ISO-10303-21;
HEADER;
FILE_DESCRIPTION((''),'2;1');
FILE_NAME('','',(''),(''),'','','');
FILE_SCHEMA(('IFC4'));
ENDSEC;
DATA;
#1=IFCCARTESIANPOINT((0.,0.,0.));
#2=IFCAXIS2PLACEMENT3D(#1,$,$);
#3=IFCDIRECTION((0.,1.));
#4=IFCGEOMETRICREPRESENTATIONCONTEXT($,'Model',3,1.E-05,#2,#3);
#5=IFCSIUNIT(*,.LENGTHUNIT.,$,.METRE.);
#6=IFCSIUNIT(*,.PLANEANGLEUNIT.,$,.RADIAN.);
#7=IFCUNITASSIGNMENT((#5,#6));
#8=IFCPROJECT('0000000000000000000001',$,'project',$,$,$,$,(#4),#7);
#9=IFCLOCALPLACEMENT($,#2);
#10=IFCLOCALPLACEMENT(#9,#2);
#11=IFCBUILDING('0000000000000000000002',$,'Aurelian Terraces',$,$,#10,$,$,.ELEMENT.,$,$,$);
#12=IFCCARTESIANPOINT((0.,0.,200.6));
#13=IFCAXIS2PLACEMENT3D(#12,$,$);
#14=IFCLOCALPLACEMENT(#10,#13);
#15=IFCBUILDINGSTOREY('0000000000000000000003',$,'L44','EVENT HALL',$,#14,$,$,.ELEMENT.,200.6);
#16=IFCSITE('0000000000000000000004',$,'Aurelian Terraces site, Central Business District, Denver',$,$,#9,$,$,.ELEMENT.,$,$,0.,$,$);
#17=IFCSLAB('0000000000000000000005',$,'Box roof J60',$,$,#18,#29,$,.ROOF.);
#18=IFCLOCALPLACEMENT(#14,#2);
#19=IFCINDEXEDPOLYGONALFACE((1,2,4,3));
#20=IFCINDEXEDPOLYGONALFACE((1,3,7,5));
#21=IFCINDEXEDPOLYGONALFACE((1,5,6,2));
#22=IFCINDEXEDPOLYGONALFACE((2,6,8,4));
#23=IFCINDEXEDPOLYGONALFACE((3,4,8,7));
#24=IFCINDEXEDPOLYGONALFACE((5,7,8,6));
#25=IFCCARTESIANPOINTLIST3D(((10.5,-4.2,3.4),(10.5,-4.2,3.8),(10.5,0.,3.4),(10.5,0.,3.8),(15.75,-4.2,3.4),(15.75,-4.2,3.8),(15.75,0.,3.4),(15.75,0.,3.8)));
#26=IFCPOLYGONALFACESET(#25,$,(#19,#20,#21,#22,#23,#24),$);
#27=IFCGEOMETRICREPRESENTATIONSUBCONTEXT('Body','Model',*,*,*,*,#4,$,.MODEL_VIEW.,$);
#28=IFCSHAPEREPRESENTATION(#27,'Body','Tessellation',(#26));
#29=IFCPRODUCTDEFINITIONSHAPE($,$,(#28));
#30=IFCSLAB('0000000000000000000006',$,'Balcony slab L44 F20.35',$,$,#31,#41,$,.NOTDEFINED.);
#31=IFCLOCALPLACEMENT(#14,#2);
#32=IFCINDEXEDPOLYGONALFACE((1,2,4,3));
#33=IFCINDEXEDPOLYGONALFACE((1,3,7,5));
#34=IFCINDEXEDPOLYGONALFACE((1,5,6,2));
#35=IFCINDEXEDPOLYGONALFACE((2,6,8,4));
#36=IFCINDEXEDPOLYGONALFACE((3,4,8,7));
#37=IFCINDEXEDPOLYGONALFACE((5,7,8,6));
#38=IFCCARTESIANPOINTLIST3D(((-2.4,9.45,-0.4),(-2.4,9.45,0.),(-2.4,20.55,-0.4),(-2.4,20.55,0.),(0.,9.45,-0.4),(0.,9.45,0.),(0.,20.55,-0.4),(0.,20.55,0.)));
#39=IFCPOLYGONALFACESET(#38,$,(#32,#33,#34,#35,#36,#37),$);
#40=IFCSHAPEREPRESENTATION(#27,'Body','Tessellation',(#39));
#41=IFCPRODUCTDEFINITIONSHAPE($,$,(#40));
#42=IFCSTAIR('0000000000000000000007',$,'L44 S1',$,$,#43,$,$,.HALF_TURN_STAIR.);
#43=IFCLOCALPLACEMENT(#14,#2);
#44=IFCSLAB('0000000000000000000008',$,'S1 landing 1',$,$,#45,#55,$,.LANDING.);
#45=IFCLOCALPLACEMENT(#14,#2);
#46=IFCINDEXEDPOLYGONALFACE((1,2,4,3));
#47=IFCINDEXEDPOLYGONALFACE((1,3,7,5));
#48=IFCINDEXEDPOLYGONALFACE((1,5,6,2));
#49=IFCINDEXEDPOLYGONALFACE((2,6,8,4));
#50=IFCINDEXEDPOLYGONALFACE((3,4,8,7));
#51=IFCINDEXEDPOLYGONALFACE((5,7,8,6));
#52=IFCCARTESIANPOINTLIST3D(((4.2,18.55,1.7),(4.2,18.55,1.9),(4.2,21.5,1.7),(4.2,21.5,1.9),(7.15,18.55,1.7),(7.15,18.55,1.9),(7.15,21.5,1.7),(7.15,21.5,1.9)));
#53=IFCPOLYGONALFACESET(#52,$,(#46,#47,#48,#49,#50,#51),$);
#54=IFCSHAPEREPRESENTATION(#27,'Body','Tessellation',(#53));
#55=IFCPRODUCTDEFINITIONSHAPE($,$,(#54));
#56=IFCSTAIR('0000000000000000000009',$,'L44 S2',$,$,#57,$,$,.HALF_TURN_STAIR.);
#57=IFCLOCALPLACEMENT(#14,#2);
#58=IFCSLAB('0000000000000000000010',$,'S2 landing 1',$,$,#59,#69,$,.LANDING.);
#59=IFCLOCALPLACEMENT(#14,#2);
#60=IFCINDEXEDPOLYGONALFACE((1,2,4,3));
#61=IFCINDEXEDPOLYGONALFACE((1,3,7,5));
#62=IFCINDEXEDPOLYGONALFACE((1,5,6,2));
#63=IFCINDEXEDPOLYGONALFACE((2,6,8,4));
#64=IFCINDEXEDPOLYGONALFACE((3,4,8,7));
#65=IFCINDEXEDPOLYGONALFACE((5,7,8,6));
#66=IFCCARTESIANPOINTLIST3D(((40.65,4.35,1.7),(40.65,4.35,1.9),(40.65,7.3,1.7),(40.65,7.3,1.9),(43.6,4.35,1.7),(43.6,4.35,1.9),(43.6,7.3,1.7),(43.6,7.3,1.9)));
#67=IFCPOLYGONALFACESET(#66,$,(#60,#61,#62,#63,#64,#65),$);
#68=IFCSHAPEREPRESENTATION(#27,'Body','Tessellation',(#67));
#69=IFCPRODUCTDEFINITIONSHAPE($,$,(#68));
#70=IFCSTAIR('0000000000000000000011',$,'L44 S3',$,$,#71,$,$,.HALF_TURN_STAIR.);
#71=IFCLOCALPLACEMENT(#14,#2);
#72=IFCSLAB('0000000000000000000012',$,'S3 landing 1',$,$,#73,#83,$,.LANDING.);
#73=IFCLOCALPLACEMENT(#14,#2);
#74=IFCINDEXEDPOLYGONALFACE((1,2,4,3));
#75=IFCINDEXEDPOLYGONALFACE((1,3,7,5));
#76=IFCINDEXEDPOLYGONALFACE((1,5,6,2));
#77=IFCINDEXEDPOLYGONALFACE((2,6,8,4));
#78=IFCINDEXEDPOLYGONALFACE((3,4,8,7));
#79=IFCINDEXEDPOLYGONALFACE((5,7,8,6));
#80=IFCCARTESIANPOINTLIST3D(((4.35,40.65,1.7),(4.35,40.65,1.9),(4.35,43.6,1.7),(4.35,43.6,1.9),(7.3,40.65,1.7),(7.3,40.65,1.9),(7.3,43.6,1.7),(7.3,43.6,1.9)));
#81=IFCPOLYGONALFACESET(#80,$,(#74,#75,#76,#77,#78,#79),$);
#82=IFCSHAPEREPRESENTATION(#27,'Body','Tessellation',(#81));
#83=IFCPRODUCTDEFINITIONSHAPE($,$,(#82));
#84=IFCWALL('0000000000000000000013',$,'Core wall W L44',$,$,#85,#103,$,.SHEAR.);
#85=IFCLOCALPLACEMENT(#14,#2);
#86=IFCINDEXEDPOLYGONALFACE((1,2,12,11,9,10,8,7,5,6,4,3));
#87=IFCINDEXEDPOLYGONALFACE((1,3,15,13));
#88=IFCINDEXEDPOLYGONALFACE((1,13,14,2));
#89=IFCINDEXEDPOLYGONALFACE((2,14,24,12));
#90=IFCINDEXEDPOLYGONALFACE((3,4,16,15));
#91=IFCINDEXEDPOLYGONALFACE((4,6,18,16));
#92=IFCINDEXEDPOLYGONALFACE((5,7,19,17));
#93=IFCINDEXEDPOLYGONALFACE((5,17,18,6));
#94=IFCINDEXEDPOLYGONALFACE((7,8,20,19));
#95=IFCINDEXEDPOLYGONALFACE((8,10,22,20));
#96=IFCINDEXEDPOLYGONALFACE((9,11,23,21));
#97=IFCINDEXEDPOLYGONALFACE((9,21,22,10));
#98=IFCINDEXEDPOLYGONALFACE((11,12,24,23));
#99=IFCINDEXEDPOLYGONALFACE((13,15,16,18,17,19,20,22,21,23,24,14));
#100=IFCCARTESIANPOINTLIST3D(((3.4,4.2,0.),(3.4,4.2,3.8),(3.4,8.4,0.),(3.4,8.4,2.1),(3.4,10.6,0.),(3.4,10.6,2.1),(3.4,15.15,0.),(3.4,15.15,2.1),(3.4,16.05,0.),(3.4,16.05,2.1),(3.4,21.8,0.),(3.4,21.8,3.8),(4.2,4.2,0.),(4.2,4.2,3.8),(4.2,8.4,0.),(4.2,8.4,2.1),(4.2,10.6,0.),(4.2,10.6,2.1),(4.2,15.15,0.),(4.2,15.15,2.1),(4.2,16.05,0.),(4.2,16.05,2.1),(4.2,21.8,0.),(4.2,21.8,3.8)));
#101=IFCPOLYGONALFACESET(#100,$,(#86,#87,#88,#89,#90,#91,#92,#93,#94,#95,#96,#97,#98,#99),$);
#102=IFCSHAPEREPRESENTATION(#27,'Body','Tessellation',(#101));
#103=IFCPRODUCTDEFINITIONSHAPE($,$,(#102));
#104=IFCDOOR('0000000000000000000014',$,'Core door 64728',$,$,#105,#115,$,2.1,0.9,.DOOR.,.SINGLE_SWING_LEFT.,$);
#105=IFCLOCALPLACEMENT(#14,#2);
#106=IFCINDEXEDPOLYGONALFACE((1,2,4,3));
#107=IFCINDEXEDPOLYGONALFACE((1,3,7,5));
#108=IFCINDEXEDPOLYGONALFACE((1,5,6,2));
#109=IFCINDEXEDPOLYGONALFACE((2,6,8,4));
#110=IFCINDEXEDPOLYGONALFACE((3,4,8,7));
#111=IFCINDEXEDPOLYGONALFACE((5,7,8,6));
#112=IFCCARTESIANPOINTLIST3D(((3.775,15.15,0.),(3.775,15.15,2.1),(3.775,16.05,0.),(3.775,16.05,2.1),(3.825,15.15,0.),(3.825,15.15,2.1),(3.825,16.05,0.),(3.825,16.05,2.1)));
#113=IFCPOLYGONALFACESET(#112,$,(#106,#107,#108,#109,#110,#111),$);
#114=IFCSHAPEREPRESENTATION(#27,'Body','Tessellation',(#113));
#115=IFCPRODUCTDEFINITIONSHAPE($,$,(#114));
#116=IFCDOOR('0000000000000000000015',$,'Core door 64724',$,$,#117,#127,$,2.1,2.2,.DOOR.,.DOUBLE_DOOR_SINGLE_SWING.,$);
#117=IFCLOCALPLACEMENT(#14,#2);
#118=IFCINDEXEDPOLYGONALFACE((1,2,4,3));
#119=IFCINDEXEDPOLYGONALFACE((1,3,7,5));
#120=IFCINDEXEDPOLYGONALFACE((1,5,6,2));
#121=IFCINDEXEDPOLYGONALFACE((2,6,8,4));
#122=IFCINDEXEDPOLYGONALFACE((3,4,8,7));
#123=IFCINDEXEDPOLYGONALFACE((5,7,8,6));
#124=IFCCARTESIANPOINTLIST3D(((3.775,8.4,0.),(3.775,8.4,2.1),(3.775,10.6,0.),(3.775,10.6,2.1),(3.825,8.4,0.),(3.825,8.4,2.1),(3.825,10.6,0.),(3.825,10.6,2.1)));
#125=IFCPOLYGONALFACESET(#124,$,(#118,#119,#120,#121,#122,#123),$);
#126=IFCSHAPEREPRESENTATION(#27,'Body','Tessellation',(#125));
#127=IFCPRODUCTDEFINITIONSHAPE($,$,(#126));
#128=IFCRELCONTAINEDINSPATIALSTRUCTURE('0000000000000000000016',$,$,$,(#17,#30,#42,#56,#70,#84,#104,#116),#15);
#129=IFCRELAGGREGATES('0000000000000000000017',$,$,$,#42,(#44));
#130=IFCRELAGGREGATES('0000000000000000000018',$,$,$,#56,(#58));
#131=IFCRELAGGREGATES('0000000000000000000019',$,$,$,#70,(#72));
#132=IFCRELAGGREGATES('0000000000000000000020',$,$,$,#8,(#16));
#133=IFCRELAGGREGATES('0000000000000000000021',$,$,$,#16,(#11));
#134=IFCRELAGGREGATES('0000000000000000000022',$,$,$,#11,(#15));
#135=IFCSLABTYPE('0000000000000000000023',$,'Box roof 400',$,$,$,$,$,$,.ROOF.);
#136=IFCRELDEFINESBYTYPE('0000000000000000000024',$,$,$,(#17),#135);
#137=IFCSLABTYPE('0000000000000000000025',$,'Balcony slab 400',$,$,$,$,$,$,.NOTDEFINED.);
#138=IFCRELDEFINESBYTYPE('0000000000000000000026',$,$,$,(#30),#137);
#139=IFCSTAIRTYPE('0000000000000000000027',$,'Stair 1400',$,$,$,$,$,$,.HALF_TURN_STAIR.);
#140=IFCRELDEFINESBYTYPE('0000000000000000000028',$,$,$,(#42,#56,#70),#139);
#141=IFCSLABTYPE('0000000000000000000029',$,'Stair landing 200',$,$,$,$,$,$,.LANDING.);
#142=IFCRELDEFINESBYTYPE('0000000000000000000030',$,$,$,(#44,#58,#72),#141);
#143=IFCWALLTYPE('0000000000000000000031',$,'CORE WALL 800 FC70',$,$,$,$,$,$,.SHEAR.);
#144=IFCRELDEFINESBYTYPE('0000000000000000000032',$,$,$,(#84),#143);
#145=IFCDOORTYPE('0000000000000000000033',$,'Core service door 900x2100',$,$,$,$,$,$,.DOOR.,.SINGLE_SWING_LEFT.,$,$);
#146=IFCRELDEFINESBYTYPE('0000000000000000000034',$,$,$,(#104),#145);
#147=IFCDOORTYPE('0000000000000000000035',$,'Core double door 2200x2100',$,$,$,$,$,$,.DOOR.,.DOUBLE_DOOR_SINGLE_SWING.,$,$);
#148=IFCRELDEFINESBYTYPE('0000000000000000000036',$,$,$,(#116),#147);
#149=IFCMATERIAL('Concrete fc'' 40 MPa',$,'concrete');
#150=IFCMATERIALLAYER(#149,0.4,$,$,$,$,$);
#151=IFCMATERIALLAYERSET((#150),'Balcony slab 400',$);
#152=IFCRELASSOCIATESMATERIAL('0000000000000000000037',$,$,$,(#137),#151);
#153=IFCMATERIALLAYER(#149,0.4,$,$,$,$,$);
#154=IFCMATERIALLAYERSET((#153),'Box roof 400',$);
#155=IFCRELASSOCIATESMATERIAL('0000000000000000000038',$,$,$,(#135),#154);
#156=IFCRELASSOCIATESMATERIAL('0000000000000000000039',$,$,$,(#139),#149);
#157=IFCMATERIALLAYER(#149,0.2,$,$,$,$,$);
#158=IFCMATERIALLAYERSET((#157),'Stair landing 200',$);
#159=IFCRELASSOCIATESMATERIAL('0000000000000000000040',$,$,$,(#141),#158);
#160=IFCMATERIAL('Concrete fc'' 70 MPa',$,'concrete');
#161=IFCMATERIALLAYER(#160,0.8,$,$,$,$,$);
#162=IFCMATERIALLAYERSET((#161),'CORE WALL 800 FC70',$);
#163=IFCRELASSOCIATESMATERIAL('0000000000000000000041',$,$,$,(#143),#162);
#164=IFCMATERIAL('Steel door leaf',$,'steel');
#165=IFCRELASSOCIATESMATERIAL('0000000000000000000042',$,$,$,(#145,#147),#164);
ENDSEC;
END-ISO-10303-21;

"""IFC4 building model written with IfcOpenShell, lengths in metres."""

from ifc_helpers import new_model, si_unit, direction, frame, frame_2d, origin, place, context, subcontext, project, spatial, polyline, rectangle, outline, extrude, source, transform, mapped, material, layer, layer_set, type_object, element, fill, aggregate, save


model = new_model("IFC4")

# Units and contexts
model_context = context("Model", 3, precision=1e-05, world=origin(), true_north=direction((0.0, 1.0)))
body_context = subcontext(model_context, "Body", "Model", "MODEL_VIEW")
ifc_project = project(units=[si_unit("LENGTHUNIT", "METRE"), si_unit("PLANEANGLEUNIT", "RADIAN")], contexts=[model_context])

# Site, building, storey
site_placement = place(None, origin())
site = spatial("IfcSite", under=ifc_project, at=site_placement, Name="Aurelian Terraces site, Central Business District, Denver", CompositionType="ELEMENT", RefElevation=0.0)
building_placement = place(site_placement, origin())
building = spatial("IfcBuilding", under=site, at=building_placement, Name="Aurelian Terraces", CompositionType="ELEMENT")
storey_placement = place(building_placement, frame((0.0, 0.0, 200.6)))
storey = spatial("IfcBuildingStorey", under=building, at=storey_placement, Name="L44", Description="EVENT HALL", CompositionType="ELEMENT", Elevation=200.6)

# Slabs
ifc_material_1 = material(Name="Concrete fc' 40 MPa", Category="concrete")
ifc_layer_1 = layer(ifc_material_1, 0.4)
ifc_layer_set_1 = layer_set([ifc_layer_1], Name="Balcony slab 400")
slab_type_1 = type_object("IfcSlabType", Name="Balcony slab 400", PredefinedType="NOTDEFINED", material=ifc_layer_set_1)
ifc_layer_2 = layer(ifc_material_1, 0.4)
ifc_layer_set_2 = layer_set([ifc_layer_2], Name="Box roof 400")
slab_type_2 = type_object("IfcSlabType", Name="Box roof 400", PredefinedType="ROOF", material=ifc_layer_set_2)
shared_shape_1 = source(origin(), body_context, "Body", "SweptSolid", [
    extrude(outline(polyline([(10.5, -4.2), (15.75, -4.2), (15.75, 0.0), (10.5, 0.0), (10.5, -4.2)])), origin(), (0.0, 0.0, 1.0), 0.4),
])
slab_1_placement = place(storey_placement, frame((0.0, 0.0, 3.4)))
element("IfcSlab", 1, at=slab_1_placement, inside=storey, type_object=slab_type_2, Name="Box roof J60", PredefinedType="ROOF", context=body_context, shape_type="MappedRepresentation", body=[
    mapped(shared_shape_1, transform((0.0, 0.0, 0.0), scale=1.0)),
])
shared_shape_2 = source(origin(), body_context, "Body", "SweptSolid", [
    extrude(outline(polyline([(0.0, 20.55), (0.0, 9.45), (-2.4, 9.45), (-2.4, 20.55), (0.0, 20.55)])), origin(), (0.0, 0.0, 1.0), 0.4),
])
slab_2_placement = place(storey_placement, frame((0.0, 0.0, -0.4)))
element("IfcSlab", 2, at=slab_2_placement, inside=storey, type_object=slab_type_1, Name="Balcony slab L44 F20.35", PredefinedType="NOTDEFINED", context=body_context, shape_type="MappedRepresentation", body=[
    mapped(shared_shape_2, transform((0.0, 0.0, 0.0), scale=1.0)),
])

# Stairs, slabs
stair_type = type_object("IfcStairType", Name="Stair 1400", PredefinedType="HALF_TURN_STAIR", material=ifc_material_1)
stair_1_placement = place(storey_placement, origin())
stair_1 = element("IfcStair", 3, at=stair_1_placement, inside=storey, type_object=stair_type, Name="L44 S1", PredefinedType="HALF_TURN_STAIR")
ifc_layer_3 = layer(ifc_material_1, 0.2)
ifc_layer_set_3 = layer_set([ifc_layer_3], Name="Stair landing 200")
slab_type_3 = type_object("IfcSlabType", Name="Stair landing 200", PredefinedType="LANDING", material=ifc_layer_set_3)
shared_shape_3 = source(origin(), body_context, "Body", "SweptSolid", [
    extrude(outline(polyline([(7.15, 18.55), (7.15, 21.5), (4.2, 21.5), (4.2, 18.55), (7.15, 18.55)])), origin(), (0.0, 0.0, 1.0), 0.2),
])
slab_3_placement = place(storey_placement, frame((0.0, 0.0, 1.7)))
slab_3 = element("IfcSlab", 4, at=slab_3_placement, type_object=slab_type_3, Name="S1 landing 1", PredefinedType="LANDING", context=body_context, shape_type="MappedRepresentation", body=[
    mapped(shared_shape_3, transform((0.0, 0.0, 0.0), scale=1.0)),
])
aggregate(stair_1, [slab_3])
stair_2_placement = place(storey_placement, origin())
stair_2 = element("IfcStair", 5, at=stair_2_placement, inside=storey, type_object=stair_type, Name="L44 S2", PredefinedType="HALF_TURN_STAIR")
shared_shape_4 = source(origin(), body_context, "Body", "SweptSolid", [
    extrude(outline(polyline([(43.6, 4.35), (43.6, 7.3), (40.65, 7.3), (40.65, 4.35), (43.6, 4.35)])), origin(), (0.0, 0.0, 1.0), 0.2),
])
slab_4_placement = place(storey_placement, frame((0.0, 0.0, 1.7)))
slab_4 = element("IfcSlab", 6, at=slab_4_placement, type_object=slab_type_3, Name="S2 landing 1", PredefinedType="LANDING", context=body_context, shape_type="MappedRepresentation", body=[
    mapped(shared_shape_4, transform((0.0, 0.0, 0.0), scale=1.0)),
])
aggregate(stair_2, [slab_4])
stair_3_placement = place(storey_placement, origin())
stair_3 = element("IfcStair", 7, at=stair_3_placement, inside=storey, type_object=stair_type, Name="L44 S3", PredefinedType="HALF_TURN_STAIR")
shared_shape_5 = source(origin(), body_context, "Body", "SweptSolid", [
    extrude(outline(polyline([(4.35, 40.65), (7.3, 40.65), (7.3, 43.6), (4.35, 43.6), (4.35, 40.65)])), origin(), (0.0, 0.0, 1.0), 0.2),
])
slab_5_placement = place(storey_placement, frame((0.0, 0.0, 1.7)))
slab_5 = element("IfcSlab", 8, at=slab_5_placement, type_object=slab_type_3, Name="S3 landing 1", PredefinedType="LANDING", context=body_context, shape_type="MappedRepresentation", body=[
    mapped(shared_shape_5, transform((0.0, 0.0, 0.0), scale=1.0)),
])
aggregate(stair_3, [slab_5])

# Wall, openings, doors
ifc_material_2 = material(Name="Concrete fc' 70 MPa", Category="concrete")
ifc_layer_4 = layer(ifc_material_2, 0.8)
ifc_layer_set_4 = layer_set([ifc_layer_4], Name="CORE WALL 800 FC70")
wall_type = type_object("IfcWallType", Name="CORE WALL 800 FC70", PredefinedType="SHEAR", material=ifc_layer_set_4)
shared_shape_6 = source(origin(), body_context, "Body", "SweptSolid", [
    extrude(rectangle(XDim=17.6, YDim=0.8, at=frame_2d((8.8, 0.0))), origin(), (0.0, 0.0, 1.0), 3.8),
])
wall_placement = place(storey_placement, frame((3.8, 4.2, 0.0), z_axis=(0.0, 0.0, 1.0), x_axis=(0.0, 1.0, 0.0)))
wall = element("IfcWall", 9, at=wall_placement, inside=storey, type_object=wall_type, Name="Core wall W L44", PredefinedType="SHEAR", context=body_context, shape_type="MappedRepresentation", body=[
    mapped(shared_shape_6, transform((0.0, 0.0, 0.0), scale=1.0)),
])
shared_shape_7 = source(origin(), body_context, "Body", "SweptSolid", [
    extrude(rectangle(XDim=2.2, YDim=2.1, at=frame_2d((1.1, 1.05))), frame((0.0, 0.41, 0.0), z_axis=(0.0, -1.0, 0.0), x_axis=(1.0, 0.0, 0.0)), (0.0, 0.0, 1.0), 0.82),
])
opening_1_placement = place(wall_placement, frame((4.2, 0.0, 0.0)))
opening_1 = element("IfcOpeningElement", 10, at=opening_1_placement, cuts=wall, PredefinedType="OPENING", context=body_context, shape_type="MappedRepresentation", body=[
    mapped(shared_shape_7, transform((0.0, 0.0, 0.0), scale=1.0)),
])
shared_shape_8 = source(origin(), body_context, "Body", "SweptSolid", [
    extrude(rectangle(XDim=0.9, YDim=2.1, at=frame_2d((0.45, 1.05))), frame((0.0, 0.41, 0.0), z_axis=(0.0, -1.0, 0.0), x_axis=(1.0, 0.0, 0.0)), (0.0, 0.0, 1.0), 0.82),
])
opening_2_placement = place(wall_placement, frame((10.95, 0.0, 0.0)))
opening_2 = element("IfcOpeningElement", 11, at=opening_2_placement, cuts=wall, PredefinedType="OPENING", context=body_context, shape_type="MappedRepresentation", body=[
    mapped(shared_shape_8, transform((0.0, 0.0, 0.0), scale=1.0)),
])
ifc_material_3 = material(Name="Steel door leaf", Category="steel")
door_type_1 = type_object("IfcDoorType", Name="Core service door 900x2100", OperationType="SINGLE_SWING_LEFT", PredefinedType="DOOR", material=ifc_material_3)
shared_shape_9 = source(origin(), body_context, "Body", "SweptSolid", [
    extrude(rectangle(XDim=0.9, YDim=2.1, at=frame_2d((0.45, 1.05))), frame((0.0, 0.025, 0.0), z_axis=(0.0, -1.0, 0.0), x_axis=(1.0, 0.0, 0.0)), (0.0, 0.0, 1.0), 0.05),
])
door_1_placement = place(opening_2_placement, origin())
door_1 = element("IfcDoor", 12, at=door_1_placement, inside=storey, type_object=door_type_1, Name="Core door 64728", OperationType="SINGLE_SWING_LEFT", OverallHeight=2.1, OverallWidth=0.9, PredefinedType="DOOR", context=body_context, shape_type="MappedRepresentation", body=[
    mapped(shared_shape_9, transform((0.0, 0.0, 0.0), scale=1.0)),
])
fill(opening_2, door_1)
door_type_2 = type_object("IfcDoorType", Name="Core double door 2200x2100", OperationType="DOUBLE_DOOR_SINGLE_SWING", PredefinedType="DOOR", material=ifc_material_3)
shared_shape_10 = source(origin(), body_context, "Body", "SweptSolid", [
    extrude(rectangle(XDim=2.2, YDim=2.1, at=frame_2d((1.1, 1.05))), frame((0.0, 0.025, 0.0), z_axis=(0.0, -1.0, 0.0), x_axis=(1.0, 0.0, 0.0)), (0.0, 0.0, 1.0), 0.05),
])
door_2_placement = place(opening_1_placement, origin())
door_2 = element("IfcDoor", 13, at=door_2_placement, inside=storey, type_object=door_type_2, Name="Core door 64724", OperationType="DOUBLE_DOOR_SINGLE_SWING", OverallHeight=2.1, OverallWidth=2.2, PredefinedType="DOOR", context=body_context, shape_type="MappedRepresentation", body=[
    mapped(shared_shape_10, transform((0.0, 0.0, 0.0), scale=1.0)),
])
fill(opening_1, door_2)

save(model, "model.ifc")
